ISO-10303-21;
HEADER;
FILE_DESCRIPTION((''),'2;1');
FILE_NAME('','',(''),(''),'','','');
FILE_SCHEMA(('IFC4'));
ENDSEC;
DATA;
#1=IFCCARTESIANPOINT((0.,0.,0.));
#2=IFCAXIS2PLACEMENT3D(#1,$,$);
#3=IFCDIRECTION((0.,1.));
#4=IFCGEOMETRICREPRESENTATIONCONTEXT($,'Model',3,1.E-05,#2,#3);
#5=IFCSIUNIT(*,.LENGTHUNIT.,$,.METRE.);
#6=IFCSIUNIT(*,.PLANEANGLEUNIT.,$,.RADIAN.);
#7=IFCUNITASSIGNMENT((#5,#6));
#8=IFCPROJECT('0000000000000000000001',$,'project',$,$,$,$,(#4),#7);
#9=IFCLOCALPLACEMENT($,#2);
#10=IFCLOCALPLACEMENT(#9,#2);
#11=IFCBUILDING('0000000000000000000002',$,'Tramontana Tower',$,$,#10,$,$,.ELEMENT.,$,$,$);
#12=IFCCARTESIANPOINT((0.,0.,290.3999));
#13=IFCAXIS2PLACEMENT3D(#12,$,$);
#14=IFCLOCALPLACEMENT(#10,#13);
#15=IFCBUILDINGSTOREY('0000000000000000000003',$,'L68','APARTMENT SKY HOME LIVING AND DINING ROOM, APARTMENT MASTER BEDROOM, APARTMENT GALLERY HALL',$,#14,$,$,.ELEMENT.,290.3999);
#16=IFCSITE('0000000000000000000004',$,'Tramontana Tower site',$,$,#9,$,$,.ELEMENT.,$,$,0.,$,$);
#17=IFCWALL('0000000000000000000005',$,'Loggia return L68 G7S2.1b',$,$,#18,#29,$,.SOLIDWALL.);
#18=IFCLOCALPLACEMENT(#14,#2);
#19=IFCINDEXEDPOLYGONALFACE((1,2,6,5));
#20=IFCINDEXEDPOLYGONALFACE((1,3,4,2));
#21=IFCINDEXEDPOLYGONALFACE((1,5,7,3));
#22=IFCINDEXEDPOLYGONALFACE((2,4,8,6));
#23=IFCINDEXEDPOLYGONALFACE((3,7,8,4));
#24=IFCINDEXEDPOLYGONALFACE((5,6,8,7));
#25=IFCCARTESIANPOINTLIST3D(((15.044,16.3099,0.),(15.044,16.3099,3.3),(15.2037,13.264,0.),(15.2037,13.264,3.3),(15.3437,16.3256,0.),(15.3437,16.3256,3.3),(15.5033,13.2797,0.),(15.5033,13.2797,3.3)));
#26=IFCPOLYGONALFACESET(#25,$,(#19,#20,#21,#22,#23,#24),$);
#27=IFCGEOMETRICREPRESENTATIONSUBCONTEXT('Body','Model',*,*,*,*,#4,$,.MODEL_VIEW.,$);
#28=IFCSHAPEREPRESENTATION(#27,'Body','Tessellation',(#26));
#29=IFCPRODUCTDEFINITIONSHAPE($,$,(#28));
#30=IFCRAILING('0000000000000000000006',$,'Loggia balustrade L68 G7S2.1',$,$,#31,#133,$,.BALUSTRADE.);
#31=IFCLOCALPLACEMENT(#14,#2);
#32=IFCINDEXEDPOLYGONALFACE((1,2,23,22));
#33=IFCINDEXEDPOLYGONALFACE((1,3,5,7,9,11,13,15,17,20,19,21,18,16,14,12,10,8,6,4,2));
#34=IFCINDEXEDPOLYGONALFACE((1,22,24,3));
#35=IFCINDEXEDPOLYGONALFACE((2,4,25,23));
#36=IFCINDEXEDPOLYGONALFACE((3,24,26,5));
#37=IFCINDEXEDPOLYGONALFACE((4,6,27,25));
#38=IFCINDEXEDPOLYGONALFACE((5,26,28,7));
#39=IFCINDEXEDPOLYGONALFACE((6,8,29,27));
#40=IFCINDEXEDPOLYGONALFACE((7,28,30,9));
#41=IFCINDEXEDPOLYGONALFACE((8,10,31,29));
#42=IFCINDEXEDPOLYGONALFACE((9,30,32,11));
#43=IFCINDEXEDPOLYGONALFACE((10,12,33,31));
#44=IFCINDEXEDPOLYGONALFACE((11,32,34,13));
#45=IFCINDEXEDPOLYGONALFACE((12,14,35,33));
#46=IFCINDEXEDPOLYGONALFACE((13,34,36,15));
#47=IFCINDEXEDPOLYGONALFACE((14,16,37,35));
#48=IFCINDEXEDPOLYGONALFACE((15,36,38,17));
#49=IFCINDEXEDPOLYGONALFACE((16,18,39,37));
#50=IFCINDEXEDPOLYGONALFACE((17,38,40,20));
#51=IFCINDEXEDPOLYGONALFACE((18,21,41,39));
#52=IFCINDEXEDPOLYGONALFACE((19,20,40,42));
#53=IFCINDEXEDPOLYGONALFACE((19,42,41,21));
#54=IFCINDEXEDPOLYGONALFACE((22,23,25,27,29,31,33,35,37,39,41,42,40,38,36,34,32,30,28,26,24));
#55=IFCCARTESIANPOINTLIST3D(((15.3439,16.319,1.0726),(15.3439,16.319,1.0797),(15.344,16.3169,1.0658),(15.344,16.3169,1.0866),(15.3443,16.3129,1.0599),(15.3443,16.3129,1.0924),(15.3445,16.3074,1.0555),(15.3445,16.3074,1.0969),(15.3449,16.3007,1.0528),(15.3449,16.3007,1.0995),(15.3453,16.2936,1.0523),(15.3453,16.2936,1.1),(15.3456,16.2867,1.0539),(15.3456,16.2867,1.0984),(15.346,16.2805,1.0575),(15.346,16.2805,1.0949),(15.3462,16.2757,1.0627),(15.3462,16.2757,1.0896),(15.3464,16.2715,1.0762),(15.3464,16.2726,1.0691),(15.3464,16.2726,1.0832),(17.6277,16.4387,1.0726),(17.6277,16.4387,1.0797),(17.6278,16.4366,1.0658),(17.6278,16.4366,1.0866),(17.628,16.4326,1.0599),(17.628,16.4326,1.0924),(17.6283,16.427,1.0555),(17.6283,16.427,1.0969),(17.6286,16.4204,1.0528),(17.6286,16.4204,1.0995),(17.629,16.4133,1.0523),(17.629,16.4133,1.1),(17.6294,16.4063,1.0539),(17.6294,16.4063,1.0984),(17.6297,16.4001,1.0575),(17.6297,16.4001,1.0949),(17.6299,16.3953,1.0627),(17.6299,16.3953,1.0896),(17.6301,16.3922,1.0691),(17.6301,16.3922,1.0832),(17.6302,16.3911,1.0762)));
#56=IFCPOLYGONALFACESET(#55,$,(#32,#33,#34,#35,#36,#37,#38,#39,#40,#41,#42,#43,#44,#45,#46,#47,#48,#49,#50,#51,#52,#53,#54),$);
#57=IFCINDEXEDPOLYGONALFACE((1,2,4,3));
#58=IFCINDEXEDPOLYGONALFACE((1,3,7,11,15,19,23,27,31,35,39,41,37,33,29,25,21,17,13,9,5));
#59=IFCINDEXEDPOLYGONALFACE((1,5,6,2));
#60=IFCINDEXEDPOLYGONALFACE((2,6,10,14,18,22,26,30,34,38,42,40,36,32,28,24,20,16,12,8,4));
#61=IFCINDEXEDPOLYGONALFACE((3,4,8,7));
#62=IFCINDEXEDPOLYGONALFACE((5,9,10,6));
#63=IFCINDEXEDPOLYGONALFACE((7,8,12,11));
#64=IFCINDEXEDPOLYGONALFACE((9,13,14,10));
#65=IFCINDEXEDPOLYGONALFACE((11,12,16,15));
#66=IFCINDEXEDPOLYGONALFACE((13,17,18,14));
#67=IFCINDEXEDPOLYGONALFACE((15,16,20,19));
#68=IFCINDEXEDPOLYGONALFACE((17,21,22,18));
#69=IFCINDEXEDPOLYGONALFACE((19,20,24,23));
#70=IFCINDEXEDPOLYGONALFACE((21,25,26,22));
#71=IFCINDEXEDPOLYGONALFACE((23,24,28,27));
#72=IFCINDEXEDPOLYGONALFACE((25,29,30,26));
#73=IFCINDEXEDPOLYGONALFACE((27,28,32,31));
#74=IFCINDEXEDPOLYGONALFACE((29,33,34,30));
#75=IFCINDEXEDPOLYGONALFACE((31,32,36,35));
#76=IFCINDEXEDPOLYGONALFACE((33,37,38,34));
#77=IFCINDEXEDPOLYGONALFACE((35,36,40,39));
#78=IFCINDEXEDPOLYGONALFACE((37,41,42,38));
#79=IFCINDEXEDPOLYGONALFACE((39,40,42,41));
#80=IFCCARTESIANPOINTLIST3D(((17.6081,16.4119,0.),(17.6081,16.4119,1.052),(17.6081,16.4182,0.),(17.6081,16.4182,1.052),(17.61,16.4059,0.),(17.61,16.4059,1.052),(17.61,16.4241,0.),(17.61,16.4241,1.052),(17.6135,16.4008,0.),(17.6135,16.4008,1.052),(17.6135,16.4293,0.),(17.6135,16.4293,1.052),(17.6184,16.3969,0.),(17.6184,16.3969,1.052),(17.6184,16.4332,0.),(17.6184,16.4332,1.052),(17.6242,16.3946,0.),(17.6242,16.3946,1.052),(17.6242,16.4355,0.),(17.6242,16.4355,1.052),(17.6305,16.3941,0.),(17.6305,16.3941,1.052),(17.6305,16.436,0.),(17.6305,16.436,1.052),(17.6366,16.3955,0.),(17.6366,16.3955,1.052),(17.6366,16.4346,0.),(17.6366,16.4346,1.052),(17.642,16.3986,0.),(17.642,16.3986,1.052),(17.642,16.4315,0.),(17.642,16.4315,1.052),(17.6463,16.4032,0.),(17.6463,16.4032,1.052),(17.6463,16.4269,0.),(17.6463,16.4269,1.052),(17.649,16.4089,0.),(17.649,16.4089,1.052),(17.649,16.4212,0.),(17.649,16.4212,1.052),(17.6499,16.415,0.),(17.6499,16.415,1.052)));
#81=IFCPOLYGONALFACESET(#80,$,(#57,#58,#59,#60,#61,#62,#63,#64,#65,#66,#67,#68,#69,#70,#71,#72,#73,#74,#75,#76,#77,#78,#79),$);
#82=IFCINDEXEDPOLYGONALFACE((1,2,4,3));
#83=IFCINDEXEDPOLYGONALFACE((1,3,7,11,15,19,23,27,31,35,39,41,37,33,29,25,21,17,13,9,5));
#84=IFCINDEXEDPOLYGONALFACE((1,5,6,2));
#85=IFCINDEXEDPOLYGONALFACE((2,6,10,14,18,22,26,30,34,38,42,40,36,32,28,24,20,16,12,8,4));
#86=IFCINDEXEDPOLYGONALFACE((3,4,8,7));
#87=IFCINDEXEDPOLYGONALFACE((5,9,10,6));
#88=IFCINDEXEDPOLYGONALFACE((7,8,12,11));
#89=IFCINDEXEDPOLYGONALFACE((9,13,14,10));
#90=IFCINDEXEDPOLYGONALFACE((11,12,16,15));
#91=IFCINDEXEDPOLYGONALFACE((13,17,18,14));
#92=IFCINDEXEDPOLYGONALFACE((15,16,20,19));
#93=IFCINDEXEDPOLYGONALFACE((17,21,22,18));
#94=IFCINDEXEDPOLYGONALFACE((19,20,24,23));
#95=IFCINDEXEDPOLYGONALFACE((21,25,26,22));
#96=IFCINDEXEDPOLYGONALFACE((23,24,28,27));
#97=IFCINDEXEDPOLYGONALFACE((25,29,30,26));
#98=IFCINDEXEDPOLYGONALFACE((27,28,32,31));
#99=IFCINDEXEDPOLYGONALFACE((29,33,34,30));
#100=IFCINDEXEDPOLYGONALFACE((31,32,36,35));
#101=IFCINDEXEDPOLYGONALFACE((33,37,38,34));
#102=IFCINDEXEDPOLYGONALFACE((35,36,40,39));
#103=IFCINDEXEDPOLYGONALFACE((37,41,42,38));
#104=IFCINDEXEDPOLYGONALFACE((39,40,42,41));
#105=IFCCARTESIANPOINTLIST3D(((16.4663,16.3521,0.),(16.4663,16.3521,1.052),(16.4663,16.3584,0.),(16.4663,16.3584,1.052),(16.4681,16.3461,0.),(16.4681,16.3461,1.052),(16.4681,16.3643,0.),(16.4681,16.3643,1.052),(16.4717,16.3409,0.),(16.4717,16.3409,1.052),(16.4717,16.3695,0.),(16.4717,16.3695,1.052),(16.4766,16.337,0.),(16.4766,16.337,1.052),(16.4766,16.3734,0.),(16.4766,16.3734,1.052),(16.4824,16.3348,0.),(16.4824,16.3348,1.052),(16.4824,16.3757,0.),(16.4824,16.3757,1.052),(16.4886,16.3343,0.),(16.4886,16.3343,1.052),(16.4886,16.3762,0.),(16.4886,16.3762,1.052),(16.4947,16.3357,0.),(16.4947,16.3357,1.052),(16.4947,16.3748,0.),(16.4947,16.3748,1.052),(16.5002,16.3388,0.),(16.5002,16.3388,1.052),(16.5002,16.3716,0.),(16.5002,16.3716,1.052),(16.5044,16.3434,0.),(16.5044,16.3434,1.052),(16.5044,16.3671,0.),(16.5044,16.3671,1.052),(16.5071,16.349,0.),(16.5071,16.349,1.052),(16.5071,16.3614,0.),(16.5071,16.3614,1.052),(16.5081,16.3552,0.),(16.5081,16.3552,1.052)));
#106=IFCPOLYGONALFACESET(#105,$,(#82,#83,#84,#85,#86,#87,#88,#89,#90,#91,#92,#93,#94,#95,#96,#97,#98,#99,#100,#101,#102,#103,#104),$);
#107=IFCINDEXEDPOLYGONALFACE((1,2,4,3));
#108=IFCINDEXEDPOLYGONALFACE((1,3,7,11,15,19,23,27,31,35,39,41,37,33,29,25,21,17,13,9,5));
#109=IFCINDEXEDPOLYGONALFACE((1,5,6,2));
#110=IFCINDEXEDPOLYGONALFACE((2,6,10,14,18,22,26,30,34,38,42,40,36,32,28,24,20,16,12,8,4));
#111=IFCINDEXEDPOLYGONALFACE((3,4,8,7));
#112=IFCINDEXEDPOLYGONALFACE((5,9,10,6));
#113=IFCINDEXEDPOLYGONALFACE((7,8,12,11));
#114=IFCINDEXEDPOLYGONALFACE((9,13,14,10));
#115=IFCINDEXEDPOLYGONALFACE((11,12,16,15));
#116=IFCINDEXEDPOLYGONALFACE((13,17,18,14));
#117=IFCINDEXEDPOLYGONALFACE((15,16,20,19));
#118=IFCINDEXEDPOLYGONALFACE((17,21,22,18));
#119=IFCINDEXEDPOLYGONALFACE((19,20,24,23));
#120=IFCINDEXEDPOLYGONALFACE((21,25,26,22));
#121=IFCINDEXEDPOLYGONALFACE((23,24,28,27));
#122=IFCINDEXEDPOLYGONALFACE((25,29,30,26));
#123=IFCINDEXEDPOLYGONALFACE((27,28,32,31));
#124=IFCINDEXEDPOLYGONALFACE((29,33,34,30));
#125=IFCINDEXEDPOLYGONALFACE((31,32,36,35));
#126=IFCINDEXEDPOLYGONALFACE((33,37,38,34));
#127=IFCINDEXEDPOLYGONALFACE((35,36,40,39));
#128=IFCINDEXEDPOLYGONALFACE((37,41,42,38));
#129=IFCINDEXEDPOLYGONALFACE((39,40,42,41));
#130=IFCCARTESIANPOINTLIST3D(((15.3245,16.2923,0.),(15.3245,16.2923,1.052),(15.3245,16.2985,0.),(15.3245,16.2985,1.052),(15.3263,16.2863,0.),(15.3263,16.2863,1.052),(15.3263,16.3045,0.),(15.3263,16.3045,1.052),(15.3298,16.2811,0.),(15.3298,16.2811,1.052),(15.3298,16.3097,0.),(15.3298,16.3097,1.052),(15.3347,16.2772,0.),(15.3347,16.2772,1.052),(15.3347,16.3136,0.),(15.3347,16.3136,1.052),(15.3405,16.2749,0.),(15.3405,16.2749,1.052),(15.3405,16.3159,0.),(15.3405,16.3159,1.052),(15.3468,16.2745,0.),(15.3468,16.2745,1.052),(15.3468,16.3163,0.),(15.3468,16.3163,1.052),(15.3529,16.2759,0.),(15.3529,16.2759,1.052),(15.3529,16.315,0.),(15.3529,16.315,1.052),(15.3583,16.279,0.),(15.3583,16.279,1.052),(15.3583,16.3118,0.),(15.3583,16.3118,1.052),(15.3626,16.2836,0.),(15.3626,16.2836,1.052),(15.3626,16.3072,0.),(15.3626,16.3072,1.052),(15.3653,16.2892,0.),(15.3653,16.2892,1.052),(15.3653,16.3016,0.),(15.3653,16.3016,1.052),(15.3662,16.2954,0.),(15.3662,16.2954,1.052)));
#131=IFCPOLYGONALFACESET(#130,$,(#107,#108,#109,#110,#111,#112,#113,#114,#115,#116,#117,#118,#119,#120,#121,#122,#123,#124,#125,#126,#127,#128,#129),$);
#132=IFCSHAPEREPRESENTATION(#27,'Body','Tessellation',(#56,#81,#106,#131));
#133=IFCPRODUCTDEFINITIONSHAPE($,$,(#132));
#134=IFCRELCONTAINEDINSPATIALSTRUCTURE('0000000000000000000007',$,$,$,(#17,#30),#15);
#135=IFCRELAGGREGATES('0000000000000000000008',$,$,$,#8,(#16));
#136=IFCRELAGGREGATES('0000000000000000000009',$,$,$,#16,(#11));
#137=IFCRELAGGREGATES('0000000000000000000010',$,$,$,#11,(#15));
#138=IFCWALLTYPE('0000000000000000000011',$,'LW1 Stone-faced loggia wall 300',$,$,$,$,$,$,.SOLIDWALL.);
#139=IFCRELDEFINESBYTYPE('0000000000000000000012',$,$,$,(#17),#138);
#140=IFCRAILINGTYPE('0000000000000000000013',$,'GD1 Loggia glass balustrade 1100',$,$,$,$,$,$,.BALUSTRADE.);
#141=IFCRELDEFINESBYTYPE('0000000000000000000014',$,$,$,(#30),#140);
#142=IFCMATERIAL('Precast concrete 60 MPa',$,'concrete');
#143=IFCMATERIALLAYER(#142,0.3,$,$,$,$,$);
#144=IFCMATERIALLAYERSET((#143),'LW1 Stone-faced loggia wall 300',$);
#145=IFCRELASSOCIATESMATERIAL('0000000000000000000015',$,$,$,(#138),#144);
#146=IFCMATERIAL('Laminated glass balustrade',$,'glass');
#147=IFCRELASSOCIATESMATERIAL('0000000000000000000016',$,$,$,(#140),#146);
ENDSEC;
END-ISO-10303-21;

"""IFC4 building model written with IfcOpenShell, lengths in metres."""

from ifc_helpers import new_model, si_unit, direction, frame, frame_2d, origin, origin_2d, place, context, subcontext, project, spatial, rectangle, circle, extrude, material, layer, layer_set, type_object, element, save


model = new_model("IFC4")

# Units and contexts
model_context = context("Model", 3, precision=1e-05, world=origin(), true_north=direction((0.0, 1.0)))
body_context = subcontext(model_context, "Body", "Model", "MODEL_VIEW")
ifc_project = project(units=[si_unit("LENGTHUNIT", "METRE"), si_unit("PLANEANGLEUNIT", "RADIAN")], contexts=[model_context])

# Site, building, storey
site_placement = place(None, origin())
site = spatial("IfcSite", under=ifc_project, at=site_placement, Name="Tramontana Tower site", CompositionType="ELEMENT", RefElevation=0.0)
building_placement = place(site_placement, origin())
building = spatial("IfcBuilding", under=site, at=building_placement, Name="Tramontana Tower", CompositionType="ELEMENT")
storey_placement = place(building_placement, frame((0.0, 0.0, 290.3999)))
storey = spatial("IfcBuildingStorey", under=building, at=storey_placement, Name="L68", Description="APARTMENT SKY HOME LIVING AND DINING ROOM, APARTMENT MASTER BEDROOM, APARTMENT GALLERY HALL", CompositionType="ELEMENT", Elevation=290.3999)

# Shared definitions
ifc_material_1 = material(Name="Precast concrete 60 MPa", Category="concrete")
ifc_layer_1 = layer(ifc_material_1, 0.3)
ifc_layer_set_1 = layer_set([ifc_layer_1], Name="LW1 Stone-faced loggia wall 300")
wall_type_1 = type_object("IfcWallType", Name="LW1 Stone-faced loggia wall 300", PredefinedType="SOLIDWALL", material=ifc_layer_set_1)

# Wall
wall_1_placement = place(storey_placement, frame((15.1938, 16.3176, 0.0), z_axis=(0.0, 0.0, 1.0), x_axis=(0.052349, -0.998629, 0.0)))
element("IfcWall", 1, at=wall_1_placement, inside=storey, type_object=wall_type_1, Name="Loggia return L68 G7S2.1b", PredefinedType="SOLIDWALL", context=body_context, shape_type="SweptSolid", body=[
    extrude(rectangle(XDim=3.05, YDim=0.3, at=frame_2d((1.5249, 0.0))), origin(), (0.0, 0.0, 1.0), 3.3),
])

# Railing
ifc_material_2 = material(Name="Laminated glass balustrade", Category="glass")
railing_type = type_object("IfcRailingType", Name="GD1 Loggia glass balustrade 1100", PredefinedType="BALUSTRADE", material=ifc_material_2)
railing_1_placement = place(storey_placement, frame((17.6289, 16.415, 0.0)))
element("IfcRailing", 2, at=railing_1_placement, inside=storey, type_object=railing_type, Name="Loggia balustrade L68 G7S2.1", PredefinedType="BALUSTRADE", context=body_context, shape_type="SweptSolid", body=[
    extrude(circle(Radius=0.0239, at=origin_2d()), frame((0.0, 0.0, 1.0762), z_axis=(-0.998631, -0.052312, 0.0), x_axis=(0.052312, -0.998631, 0.0)), (0.0, 0.0, 1.0), 2.2869),
    extrude(circle(Radius=0.021, at=origin_2d()), origin(), (0.0, 0.0, 1.0), 1.052),
    extrude(circle(Radius=0.021, at=origin_2d()), frame((-1.1418, -0.0598, 0.0)), (0.0, 0.0, 1.0), 1.052),
    extrude(circle(Radius=0.021, at=origin_2d()), frame((-2.2837, -0.1196, 0.0)), (0.0, 0.0, 1.0), 1.052),
])

save(model, "model.ifc")
